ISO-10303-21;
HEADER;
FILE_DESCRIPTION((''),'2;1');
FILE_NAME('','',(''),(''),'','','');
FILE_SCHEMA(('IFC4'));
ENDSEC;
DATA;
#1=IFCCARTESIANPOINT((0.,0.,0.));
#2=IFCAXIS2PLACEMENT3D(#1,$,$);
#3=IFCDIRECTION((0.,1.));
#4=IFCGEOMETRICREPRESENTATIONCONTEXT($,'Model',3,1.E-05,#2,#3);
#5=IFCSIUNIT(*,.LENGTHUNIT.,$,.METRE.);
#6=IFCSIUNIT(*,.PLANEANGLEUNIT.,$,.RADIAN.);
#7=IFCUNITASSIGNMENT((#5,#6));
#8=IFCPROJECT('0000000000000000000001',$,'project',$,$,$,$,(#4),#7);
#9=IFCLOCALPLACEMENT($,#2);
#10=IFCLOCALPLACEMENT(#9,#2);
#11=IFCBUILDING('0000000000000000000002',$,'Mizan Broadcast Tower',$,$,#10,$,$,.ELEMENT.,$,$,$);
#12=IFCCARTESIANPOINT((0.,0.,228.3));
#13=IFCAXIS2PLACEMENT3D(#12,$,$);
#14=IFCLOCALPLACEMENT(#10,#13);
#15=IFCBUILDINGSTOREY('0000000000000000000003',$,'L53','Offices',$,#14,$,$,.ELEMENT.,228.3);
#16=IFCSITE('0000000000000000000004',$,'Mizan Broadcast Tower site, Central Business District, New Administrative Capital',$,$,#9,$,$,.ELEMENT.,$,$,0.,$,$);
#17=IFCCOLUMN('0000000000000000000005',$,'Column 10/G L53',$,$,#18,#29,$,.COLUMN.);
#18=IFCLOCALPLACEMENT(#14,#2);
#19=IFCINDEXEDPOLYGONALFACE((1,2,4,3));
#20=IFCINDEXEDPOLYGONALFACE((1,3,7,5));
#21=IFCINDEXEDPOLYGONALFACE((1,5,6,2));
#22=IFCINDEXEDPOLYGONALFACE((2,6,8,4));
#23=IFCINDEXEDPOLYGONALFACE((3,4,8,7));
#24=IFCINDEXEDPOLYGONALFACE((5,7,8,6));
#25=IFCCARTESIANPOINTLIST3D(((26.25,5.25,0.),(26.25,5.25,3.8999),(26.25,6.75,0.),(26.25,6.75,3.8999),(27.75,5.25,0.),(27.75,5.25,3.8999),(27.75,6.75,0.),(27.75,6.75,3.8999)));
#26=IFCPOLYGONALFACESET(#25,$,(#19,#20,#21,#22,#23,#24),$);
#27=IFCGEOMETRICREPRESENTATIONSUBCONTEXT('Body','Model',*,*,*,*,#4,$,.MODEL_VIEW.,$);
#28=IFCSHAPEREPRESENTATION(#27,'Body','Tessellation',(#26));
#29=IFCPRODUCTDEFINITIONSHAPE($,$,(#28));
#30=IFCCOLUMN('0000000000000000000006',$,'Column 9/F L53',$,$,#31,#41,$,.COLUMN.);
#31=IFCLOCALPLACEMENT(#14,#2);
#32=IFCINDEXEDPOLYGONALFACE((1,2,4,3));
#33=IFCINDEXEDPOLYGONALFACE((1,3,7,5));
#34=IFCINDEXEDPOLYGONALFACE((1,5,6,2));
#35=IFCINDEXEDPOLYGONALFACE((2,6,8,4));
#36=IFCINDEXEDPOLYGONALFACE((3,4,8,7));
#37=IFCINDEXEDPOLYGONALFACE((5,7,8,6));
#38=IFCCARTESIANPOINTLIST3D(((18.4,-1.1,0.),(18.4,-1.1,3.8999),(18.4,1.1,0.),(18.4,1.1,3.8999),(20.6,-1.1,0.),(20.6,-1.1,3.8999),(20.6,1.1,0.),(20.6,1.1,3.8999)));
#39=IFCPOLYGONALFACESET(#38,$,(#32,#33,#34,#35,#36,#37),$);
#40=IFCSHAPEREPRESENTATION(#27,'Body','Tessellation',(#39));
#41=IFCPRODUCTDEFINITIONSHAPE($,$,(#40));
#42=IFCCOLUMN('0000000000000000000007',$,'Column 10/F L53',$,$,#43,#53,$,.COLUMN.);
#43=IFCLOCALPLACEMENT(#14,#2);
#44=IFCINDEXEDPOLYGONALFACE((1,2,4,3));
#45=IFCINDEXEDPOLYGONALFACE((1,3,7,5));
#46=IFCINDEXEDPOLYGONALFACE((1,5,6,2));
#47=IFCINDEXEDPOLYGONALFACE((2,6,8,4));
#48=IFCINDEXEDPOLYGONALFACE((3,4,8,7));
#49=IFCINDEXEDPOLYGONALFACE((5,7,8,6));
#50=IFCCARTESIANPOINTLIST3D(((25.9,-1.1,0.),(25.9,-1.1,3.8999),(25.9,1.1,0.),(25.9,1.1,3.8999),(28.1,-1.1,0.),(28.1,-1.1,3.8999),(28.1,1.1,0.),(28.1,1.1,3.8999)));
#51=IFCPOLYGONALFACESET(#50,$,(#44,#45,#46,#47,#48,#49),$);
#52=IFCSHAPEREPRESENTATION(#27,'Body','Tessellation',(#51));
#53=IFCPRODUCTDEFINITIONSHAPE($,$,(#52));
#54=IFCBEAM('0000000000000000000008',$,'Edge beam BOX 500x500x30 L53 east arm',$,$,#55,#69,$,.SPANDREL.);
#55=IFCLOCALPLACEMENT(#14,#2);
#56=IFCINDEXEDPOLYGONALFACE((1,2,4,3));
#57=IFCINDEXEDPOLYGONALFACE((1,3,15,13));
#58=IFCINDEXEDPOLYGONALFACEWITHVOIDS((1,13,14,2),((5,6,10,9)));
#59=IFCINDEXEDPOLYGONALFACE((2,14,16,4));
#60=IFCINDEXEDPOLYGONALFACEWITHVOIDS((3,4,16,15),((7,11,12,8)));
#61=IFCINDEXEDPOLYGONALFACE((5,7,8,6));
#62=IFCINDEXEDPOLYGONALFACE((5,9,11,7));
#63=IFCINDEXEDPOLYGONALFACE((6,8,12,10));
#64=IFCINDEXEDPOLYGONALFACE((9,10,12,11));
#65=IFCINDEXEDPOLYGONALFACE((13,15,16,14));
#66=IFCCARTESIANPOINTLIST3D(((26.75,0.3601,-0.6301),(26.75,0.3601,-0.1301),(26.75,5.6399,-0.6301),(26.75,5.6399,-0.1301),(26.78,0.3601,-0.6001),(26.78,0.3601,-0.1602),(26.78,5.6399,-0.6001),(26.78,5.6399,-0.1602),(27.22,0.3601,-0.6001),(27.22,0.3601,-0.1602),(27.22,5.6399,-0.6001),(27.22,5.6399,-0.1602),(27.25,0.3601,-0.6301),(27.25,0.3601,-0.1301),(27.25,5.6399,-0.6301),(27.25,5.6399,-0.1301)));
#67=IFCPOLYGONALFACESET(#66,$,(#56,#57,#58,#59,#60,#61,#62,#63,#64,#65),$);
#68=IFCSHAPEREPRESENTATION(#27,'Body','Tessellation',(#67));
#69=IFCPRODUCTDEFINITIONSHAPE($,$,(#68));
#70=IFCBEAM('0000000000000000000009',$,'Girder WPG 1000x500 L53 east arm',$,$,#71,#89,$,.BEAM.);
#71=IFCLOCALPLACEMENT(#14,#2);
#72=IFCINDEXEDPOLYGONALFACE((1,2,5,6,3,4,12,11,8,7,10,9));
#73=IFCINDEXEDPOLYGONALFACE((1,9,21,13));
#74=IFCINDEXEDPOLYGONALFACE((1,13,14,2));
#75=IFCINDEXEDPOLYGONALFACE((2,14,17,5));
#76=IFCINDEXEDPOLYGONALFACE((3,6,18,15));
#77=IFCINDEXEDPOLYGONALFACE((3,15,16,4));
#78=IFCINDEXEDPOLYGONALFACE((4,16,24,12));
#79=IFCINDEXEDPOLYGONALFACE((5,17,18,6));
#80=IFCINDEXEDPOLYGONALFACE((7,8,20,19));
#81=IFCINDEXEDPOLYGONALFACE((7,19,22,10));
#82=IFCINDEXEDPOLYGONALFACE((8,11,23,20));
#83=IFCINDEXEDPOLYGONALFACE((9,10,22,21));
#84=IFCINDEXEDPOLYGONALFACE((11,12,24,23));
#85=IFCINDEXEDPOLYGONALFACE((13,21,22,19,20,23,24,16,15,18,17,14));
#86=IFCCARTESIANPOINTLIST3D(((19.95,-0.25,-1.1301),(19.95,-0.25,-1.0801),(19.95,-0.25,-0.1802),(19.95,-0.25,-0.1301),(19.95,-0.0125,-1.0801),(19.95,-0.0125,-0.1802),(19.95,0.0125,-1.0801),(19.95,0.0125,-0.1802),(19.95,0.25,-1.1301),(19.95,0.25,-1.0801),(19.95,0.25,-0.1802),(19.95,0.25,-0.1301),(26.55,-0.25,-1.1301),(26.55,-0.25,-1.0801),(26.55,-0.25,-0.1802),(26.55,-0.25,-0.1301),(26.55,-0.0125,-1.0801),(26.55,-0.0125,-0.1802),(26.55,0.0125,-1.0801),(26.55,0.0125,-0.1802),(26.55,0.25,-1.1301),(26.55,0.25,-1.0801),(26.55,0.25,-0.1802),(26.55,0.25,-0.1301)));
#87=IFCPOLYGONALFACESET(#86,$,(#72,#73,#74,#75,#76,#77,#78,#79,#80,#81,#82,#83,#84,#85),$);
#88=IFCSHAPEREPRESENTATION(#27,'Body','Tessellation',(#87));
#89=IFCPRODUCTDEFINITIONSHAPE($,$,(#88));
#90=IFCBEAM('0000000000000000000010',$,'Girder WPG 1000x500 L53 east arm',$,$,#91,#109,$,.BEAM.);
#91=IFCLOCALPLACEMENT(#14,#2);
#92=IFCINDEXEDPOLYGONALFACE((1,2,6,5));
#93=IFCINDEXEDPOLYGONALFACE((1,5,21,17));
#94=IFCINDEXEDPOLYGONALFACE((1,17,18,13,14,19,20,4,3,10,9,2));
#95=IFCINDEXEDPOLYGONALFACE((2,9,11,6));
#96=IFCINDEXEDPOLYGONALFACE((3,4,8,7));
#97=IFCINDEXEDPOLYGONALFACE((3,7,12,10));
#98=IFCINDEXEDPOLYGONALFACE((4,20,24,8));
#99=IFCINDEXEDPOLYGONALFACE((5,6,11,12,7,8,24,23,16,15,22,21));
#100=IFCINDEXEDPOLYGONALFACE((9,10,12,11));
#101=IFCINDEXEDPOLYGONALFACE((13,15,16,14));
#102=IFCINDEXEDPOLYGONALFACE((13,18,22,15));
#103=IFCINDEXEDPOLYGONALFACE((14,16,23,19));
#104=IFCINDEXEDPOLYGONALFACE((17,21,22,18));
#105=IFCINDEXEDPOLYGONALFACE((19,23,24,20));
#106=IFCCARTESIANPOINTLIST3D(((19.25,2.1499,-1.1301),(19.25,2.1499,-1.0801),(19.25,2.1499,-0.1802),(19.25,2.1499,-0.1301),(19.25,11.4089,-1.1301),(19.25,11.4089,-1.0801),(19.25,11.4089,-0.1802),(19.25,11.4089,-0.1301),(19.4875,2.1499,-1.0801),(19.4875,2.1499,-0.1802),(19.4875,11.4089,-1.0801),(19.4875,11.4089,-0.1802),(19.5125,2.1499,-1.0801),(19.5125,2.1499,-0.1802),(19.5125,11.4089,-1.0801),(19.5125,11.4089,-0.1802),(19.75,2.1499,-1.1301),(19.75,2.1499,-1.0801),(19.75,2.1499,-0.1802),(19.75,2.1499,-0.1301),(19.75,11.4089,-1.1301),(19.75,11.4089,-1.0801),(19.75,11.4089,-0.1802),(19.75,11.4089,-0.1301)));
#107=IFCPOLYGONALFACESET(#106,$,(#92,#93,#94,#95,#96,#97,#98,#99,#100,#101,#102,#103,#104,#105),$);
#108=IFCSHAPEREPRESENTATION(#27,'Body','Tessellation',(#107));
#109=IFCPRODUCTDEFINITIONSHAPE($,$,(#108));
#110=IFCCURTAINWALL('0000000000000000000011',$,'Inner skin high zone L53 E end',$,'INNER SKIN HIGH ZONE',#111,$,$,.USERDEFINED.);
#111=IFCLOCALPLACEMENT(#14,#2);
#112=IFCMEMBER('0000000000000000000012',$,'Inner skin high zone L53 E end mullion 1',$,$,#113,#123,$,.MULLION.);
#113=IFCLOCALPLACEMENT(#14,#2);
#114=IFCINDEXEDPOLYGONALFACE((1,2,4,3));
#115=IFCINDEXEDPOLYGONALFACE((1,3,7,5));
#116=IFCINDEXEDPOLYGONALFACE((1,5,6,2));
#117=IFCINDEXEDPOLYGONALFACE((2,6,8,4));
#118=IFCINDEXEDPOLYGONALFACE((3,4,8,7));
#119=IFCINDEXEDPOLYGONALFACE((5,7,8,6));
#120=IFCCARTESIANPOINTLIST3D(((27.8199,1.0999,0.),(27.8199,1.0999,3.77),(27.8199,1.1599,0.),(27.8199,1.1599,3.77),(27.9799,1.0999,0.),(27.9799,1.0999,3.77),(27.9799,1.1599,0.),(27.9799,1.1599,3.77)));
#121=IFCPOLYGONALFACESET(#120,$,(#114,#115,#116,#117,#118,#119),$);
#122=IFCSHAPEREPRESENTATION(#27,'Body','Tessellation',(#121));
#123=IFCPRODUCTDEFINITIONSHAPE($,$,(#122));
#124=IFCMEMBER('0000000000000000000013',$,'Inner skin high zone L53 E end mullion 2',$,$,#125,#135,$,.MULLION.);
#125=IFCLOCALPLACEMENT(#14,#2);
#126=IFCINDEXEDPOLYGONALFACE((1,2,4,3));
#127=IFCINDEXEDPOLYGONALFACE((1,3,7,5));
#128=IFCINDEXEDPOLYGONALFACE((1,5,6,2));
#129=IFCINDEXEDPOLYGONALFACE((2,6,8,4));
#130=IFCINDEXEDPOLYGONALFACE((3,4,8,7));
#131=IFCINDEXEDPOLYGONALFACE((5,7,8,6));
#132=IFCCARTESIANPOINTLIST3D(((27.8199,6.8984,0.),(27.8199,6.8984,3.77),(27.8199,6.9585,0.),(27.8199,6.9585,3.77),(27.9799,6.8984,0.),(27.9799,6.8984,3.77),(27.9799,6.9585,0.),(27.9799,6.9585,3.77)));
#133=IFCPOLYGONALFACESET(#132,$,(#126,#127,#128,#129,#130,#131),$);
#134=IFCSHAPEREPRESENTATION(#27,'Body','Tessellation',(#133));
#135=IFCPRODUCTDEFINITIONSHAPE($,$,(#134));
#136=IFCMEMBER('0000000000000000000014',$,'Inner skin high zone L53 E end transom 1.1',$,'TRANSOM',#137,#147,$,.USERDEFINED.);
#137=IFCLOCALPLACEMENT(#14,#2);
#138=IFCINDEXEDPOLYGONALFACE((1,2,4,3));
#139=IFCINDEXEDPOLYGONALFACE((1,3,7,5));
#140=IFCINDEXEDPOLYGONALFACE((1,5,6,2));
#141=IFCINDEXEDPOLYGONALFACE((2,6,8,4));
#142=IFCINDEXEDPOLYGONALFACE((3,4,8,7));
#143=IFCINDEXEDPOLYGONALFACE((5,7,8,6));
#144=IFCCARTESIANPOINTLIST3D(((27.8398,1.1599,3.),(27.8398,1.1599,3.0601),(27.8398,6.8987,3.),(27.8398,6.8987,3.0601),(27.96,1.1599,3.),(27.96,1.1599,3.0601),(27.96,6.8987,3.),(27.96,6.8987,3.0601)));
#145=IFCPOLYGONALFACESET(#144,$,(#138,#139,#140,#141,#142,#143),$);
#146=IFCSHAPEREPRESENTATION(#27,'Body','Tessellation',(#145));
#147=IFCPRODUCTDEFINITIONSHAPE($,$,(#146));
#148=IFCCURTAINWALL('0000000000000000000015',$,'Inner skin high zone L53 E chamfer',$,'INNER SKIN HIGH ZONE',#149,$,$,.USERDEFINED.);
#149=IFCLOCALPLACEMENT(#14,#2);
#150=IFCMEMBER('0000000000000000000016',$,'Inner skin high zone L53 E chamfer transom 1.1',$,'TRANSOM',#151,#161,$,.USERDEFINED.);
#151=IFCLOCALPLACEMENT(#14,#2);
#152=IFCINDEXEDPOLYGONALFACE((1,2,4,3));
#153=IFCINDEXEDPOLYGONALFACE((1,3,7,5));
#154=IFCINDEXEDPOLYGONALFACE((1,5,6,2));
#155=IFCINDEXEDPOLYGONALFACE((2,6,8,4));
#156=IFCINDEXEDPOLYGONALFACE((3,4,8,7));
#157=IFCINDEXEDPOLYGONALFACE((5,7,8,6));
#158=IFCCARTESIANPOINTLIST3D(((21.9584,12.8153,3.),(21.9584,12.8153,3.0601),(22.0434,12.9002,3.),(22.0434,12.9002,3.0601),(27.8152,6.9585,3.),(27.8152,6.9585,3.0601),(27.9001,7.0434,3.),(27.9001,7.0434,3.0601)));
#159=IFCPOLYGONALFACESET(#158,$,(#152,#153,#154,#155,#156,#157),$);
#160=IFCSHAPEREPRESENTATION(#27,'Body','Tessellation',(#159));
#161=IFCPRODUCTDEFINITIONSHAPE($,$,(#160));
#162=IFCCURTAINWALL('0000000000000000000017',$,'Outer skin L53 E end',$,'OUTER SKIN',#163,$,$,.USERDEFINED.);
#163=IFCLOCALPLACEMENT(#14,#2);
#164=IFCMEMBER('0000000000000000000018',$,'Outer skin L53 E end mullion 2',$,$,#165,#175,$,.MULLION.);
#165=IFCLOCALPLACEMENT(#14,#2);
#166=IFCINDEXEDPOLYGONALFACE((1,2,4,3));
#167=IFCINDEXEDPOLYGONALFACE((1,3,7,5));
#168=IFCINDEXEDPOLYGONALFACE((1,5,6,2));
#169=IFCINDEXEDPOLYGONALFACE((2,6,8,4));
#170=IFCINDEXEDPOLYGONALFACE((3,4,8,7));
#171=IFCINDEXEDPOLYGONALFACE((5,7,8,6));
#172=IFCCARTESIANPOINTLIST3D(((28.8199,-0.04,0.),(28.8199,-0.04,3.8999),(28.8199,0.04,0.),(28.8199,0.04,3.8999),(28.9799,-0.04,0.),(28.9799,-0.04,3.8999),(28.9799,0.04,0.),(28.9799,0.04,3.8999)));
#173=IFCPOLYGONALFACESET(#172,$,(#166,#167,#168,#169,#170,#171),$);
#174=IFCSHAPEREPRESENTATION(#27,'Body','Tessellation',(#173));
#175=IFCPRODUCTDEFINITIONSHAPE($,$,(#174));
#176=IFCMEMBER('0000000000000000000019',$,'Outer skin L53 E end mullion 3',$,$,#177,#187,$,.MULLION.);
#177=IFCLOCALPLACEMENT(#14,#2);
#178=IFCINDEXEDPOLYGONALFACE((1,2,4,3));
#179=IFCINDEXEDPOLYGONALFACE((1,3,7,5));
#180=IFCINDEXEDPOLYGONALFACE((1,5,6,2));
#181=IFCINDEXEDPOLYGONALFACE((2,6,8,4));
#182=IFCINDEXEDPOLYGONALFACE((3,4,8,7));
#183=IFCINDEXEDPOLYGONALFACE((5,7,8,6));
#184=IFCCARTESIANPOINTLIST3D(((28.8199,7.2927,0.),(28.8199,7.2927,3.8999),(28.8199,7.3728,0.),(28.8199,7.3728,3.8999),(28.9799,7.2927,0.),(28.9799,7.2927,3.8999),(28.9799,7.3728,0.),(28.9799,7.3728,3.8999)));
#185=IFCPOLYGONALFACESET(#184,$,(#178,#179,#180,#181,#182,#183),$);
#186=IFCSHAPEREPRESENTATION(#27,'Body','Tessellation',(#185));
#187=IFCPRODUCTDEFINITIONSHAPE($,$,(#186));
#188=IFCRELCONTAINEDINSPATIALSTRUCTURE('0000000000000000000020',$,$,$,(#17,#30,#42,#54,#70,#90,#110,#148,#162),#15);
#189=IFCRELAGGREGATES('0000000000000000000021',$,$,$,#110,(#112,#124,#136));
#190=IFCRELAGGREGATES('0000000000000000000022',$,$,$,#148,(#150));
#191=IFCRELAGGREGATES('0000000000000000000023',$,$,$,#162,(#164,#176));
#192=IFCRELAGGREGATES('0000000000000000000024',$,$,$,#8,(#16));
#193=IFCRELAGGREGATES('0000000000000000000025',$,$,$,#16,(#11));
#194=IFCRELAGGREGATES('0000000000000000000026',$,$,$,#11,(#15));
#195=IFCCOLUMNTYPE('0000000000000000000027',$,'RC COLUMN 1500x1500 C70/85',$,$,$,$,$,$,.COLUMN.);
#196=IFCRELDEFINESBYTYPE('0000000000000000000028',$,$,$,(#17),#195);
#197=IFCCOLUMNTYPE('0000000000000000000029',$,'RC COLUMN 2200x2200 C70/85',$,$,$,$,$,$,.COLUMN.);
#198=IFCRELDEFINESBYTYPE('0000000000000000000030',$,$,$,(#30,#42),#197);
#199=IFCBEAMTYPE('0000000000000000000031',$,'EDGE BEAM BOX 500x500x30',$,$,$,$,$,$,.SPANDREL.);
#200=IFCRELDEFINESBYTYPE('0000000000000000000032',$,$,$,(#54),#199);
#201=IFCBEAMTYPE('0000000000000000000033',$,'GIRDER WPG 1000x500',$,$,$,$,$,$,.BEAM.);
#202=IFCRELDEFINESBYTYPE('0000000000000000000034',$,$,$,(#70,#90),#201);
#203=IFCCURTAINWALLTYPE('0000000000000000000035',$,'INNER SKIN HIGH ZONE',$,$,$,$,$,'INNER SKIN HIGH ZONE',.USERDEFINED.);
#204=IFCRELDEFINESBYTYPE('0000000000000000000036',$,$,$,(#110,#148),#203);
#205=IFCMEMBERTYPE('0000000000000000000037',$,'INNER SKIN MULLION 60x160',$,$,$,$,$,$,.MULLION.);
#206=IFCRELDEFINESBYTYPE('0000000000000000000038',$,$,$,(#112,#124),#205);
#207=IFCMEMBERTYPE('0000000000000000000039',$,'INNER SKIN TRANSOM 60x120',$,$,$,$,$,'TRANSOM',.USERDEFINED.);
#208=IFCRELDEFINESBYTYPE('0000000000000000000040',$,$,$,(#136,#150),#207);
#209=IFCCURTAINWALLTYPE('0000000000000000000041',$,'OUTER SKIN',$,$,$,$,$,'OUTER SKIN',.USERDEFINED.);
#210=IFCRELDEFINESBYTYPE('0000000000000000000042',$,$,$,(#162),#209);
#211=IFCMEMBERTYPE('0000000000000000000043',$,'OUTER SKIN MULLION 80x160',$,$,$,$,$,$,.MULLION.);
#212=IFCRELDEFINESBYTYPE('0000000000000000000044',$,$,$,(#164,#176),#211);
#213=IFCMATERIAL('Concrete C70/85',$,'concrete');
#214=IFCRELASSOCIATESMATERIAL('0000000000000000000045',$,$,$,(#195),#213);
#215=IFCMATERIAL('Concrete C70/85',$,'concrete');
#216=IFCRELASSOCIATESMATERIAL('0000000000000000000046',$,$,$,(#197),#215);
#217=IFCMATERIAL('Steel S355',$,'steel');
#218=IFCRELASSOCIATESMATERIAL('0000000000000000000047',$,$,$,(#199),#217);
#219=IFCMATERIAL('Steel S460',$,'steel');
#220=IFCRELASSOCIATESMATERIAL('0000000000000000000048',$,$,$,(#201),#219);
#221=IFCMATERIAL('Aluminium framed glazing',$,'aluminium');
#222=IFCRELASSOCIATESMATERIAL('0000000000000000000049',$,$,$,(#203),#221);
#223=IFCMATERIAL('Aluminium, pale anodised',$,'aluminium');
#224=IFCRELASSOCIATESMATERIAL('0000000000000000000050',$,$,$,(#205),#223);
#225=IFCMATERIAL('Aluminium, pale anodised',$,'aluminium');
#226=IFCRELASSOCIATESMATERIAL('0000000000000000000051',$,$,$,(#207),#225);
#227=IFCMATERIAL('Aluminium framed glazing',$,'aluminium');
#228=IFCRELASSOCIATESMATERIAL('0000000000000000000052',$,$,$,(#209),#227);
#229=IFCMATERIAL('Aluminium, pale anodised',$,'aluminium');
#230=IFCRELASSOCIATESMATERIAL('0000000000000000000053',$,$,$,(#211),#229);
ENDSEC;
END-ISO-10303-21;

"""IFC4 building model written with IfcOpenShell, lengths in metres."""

from ifc_helpers import new_model, si_unit, direction, frame, origin, origin_2d, place, context, subcontext, project, spatial, rectangle, hollow_rectangle, i_section, extrude, material, material_profile, profile_set, type_object, element, aggregate, save


model = new_model("IFC4")

# Units and contexts
model_context = context("Model", 3, precision=1e-05, world=origin(), true_north=direction((0.0, 1.0)))
body_context = subcontext(model_context, "Body", "Model", "MODEL_VIEW")
ifc_project = project(units=[si_unit("LENGTHUNIT", "METRE"), si_unit("PLANEANGLEUNIT", "RADIAN")], contexts=[model_context])

# Site, building, storey
site_placement = place(None, origin())
site = spatial("IfcSite", under=ifc_project, at=site_placement, Name="Mizan Broadcast Tower site, Central Business District, New Administrative Capital", CompositionType="ELEMENT", RefElevation=0.0)
building_placement = place(site_placement, origin())
building = spatial("IfcBuilding", under=site, at=building_placement, Name="Mizan Broadcast Tower", CompositionType="ELEMENT")
storey_placement = place(building_placement, frame((0.0, 0.0, 228.3)))
storey = spatial("IfcBuildingStorey", under=building, at=storey_placement, Name="L53", Description="Offices", CompositionType="ELEMENT", Elevation=228.3)

# Columns
ifc_material_1 = material(Name="Concrete C70/85", Category="concrete")
ifc_material_profile_1 = material_profile(ifc_material_1, rectangle(XDim=1.5, YDim=1.5, at=origin_2d()), Name="RC 1500x1500")
ifc_profile_set_1 = profile_set([ifc_material_profile_1], Name="Concrete C70/85")
column_type_1 = type_object("IfcColumnType", Name="RC COLUMN 1500x1500 C70/85", PredefinedType="COLUMN", material=ifc_profile_set_1)
column_placement = place(storey_placement, frame((27.0, 6.0, 0.0), z_axis=(0.0, 0.0, 1.0), x_axis=(1.0, 0.0, 0.0)))
element("IfcColumn", 1, at=column_placement, inside=storey, type_object=column_type_1, Name="Column 10/G L53", PredefinedType="COLUMN", context=body_context, shape_type="SweptSolid", body=[
    extrude(rectangle(XDim=1.5, YDim=1.5, at=origin_2d()), origin(), (0.0, 0.0, 1.0), 3.8999),
])
ifc_material_2 = material(Name="Concrete C70/85", Category="concrete")
ifc_material_profile_2 = material_profile(ifc_material_2, rectangle(XDim=2.2, YDim=2.2, at=origin_2d()), Name="RC 2200x2200")
ifc_profile_set_2 = profile_set([ifc_material_profile_2], Name="Concrete C70/85")
column_type_2 = type_object("IfcColumnType", Name="RC COLUMN 2200x2200 C70/85", PredefinedType="COLUMN", material=ifc_profile_set_2)
for number, where, z_axis, x_axis, name in (
    (2, (19.5, 0.0, 0.0), (0.0, 0.0, 1.0), (1.0, 0.0, 0.0), "Column 9/F L53"),
    (3, (27.0, 0.0, 0.0), (0.0, 0.0, 1.0), (1.0, 0.0, 0.0), "Column 10/F L53"),
):
    element("IfcColumn", number, at=place(storey_placement, frame(where, z_axis=z_axis, x_axis=x_axis)), inside=storey, type_object=column_type_2, Name=name, PredefinedType="COLUMN", context=body_context, shape_type="SweptSolid", body=[
        extrude(rectangle(XDim=2.2, YDim=2.2, at=origin_2d()), origin(), (0.0, 0.0, 1.0), 3.8999),
    ])

# Beams
ifc_material_3 = material(Name="Steel S355", Category="steel")
ifc_material_profile_3 = material_profile(ifc_material_3, hollow_rectangle(XDim=0.5, YDim=0.5, WallThickness=0.03, at=origin_2d()), Name="BOX 500x500x30")
ifc_profile_set_3 = profile_set([ifc_material_profile_3], Name="Steel S355")
beam_type_1 = type_object("IfcBeamType", Name="EDGE BEAM BOX 500x500x30", PredefinedType="SPANDREL", material=ifc_profile_set_3)
beam_1_placement = place(storey_placement, frame((27.0, 5.6399, -0.3801), z_axis=(0.0, -1.0, 0.0), x_axis=(1.0, 0.0, 0.0)))
element("IfcBeam", 4, at=beam_1_placement, inside=storey, type_object=beam_type_1, Name="Edge beam BOX 500x500x30 L53 east arm", PredefinedType="SPANDREL", context=body_context, shape_type="SweptSolid", body=[
    extrude(hollow_rectangle(XDim=0.5, YDim=0.5, WallThickness=0.03, at=origin_2d()), origin(), (0.0, 0.0, 1.0), 5.2798),
])
ifc_material_4 = material(Name="Steel S460", Category="steel")
ifc_material_profile_4 = material_profile(ifc_material_4, i_section(OverallWidth=0.5, OverallDepth=1.0, WebThickness=0.0249, FlangeThickness=0.05, at=origin_2d()), Name="WPG 1000x500")
ifc_profile_set_4 = profile_set([ifc_material_profile_4], Name="Steel S460")
beam_type_2 = type_object("IfcBeamType", Name="GIRDER WPG 1000x500", PredefinedType="BEAM", material=ifc_profile_set_4)
beam_2_placement = place(storey_placement, frame((19.95, 0.0, -0.6301), z_axis=(1.0, 0.0, 0.0), x_axis=(0.0, 1.0, 0.0)))
element("IfcBeam", 5, at=beam_2_placement, inside=storey, type_object=beam_type_2, Name="Girder WPG 1000x500 L53 east arm", PredefinedType="BEAM", context=body_context, shape_type="SweptSolid", body=[
    extrude(i_section(OverallWidth=0.5, OverallDepth=1.0, WebThickness=0.0249, FlangeThickness=0.05, at=origin_2d()), origin(), (0.0, 0.0, 1.0), 6.6001),
])
beam_3_placement = place(storey_placement, frame((19.5, 11.4089, -0.6301), z_axis=(0.0, -1.0, 0.0), x_axis=(1.0, 0.0, 0.0)))
element("IfcBeam", 6, at=beam_3_placement, inside=storey, type_object=beam_type_2, Name="Girder WPG 1000x500 L53 east arm", PredefinedType="BEAM", context=body_context, shape_type="SweptSolid", body=[
    extrude(i_section(OverallWidth=0.5, OverallDepth=1.0, WebThickness=0.0249, FlangeThickness=0.05, at=origin_2d()), origin(), (0.0, 0.0, 1.0), 9.259),
])

# Curtain wall, members
ifc_material_5 = material(Name="Aluminium framed glazing", Category="aluminium")
curtain_wall_type_1 = type_object("IfcCurtainWallType", Name="INNER SKIN HIGH ZONE", ElementType="INNER SKIN HIGH ZONE", PredefinedType="USERDEFINED", material=ifc_material_5)
curtain_wall_1_placement = place(storey_placement, origin())
curtain_wall_1 = element("IfcCurtainWall", 7, at=curtain_wall_1_placement, inside=storey, type_object=curtain_wall_type_1, Name="Inner skin high zone L53 E end", ObjectType="INNER SKIN HIGH ZONE", PredefinedType="USERDEFINED")
ifc_material_6 = material(Name="Aluminium, pale anodised", Category="aluminium")
ifc_material_profile_5 = material_profile(ifc_material_6, rectangle(XDim=0.1599, YDim=0.0601, at=origin_2d()), Name="MULLION 160x60")
ifc_profile_set_5 = profile_set([ifc_material_profile_5], Name="Aluminium, pale anodised")
member_type_1 = type_object("IfcMemberType", Name="INNER SKIN MULLION 60x160", PredefinedType="MULLION", material=ifc_profile_set_5)
member_1_placement = place(storey_placement, frame((27.8999, 1.1299, 0.0), z_axis=(0.0, 0.0, 1.0), x_axis=(-1.0, 0.0, 0.0)))
member_1 = element("IfcMember", 8, at=member_1_placement, type_object=member_type_1, Name="Inner skin high zone L53 E end mullion 1", PredefinedType="MULLION", context=body_context, shape_type="SweptSolid", body=[
    extrude(rectangle(XDim=0.1599, YDim=0.0601, at=origin_2d()), origin(), (0.0, 0.0, 1.0), 3.77),
])
member_2_placement = place(storey_placement, frame((27.8999, 6.9285, 0.0), z_axis=(0.0, 0.0, 1.0), x_axis=(-1.0, 0.0, 0.0)))
member_2 = element("IfcMember", 9, at=member_2_placement, type_object=member_type_1, Name="Inner skin high zone L53 E end mullion 2", PredefinedType="MULLION", context=body_context, shape_type="SweptSolid", body=[
    extrude(rectangle(XDim=0.1599, YDim=0.0601, at=origin_2d()), origin(), (0.0, 0.0, 1.0), 3.77),
])
ifc_material_7 = material(Name="Aluminium, pale anodised", Category="aluminium")
ifc_material_profile_6 = material_profile(ifc_material_7, rectangle(XDim=0.1201, YDim=0.0601, at=origin_2d()), Name="TRANSOM 120x60")
ifc_profile_set_6 = profile_set([ifc_material_profile_6], Name="Aluminium, pale anodised")
member_type_2 = type_object("IfcMemberType", Name="INNER SKIN TRANSOM 60x120", ElementType="TRANSOM", PredefinedType="USERDEFINED", material=ifc_profile_set_6)
member_3_placement = place(storey_placement, frame((27.8999, 1.1599, 3.03), z_axis=(0.0, 1.0, 0.0), x_axis=(-1.0, 0.0, 0.0)))
member_3 = element("IfcMember", 10, at=member_3_placement, type_object=member_type_2, Name="Inner skin high zone L53 E end transom 1.1", ObjectType="TRANSOM", PredefinedType="USERDEFINED", context=body_context, shape_type="SweptSolid", body=[
    extrude(rectangle(XDim=0.1201, YDim=0.0601, at=origin_2d()), origin(), (0.0, 0.0, 1.0), 5.7388),
])

# Curtain wall, member
curtain_wall_2_placement = place(storey_placement, origin())
curtain_wall_2 = element("IfcCurtainWall", 11, at=curtain_wall_2_placement, inside=storey, type_object=curtain_wall_type_1, Name="Inner skin high zone L53 E chamfer", ObjectType="INNER SKIN HIGH ZONE", PredefinedType="USERDEFINED")
member_4_placement = place(storey_placement, frame((27.8577, 7.001, 3.03), z_axis=(-0.707107, 0.707107, 0.0), x_axis=(-0.707107, -0.707107, 0.0)))
member_4 = element("IfcMember", 12, at=member_4_placement, type_object=member_type_2, Name="Inner skin high zone L53 E chamfer transom 1.1", ObjectType="TRANSOM", PredefinedType="USERDEFINED", context=body_context, shape_type="SweptSolid", body=[
    extrude(rectangle(XDim=0.1201, YDim=0.0601, at=origin_2d()), origin(), (0.0, 0.0, 1.0), 8.2827),
])

# Curtain wall, members
ifc_material_8 = material(Name="Aluminium framed glazing", Category="aluminium")
curtain_wall_type_2 = type_object("IfcCurtainWallType", Name="OUTER SKIN", ElementType="OUTER SKIN", PredefinedType="USERDEFINED", material=ifc_material_8)
curtain_wall_3_placement = place(storey_placement, origin())
curtain_wall_3 = element("IfcCurtainWall", 13, at=curtain_wall_3_placement, inside=storey, type_object=curtain_wall_type_2, Name="Outer skin L53 E end", ObjectType="OUTER SKIN", PredefinedType="USERDEFINED")
ifc_material_9 = material(Name="Aluminium, pale anodised", Category="aluminium")
ifc_material_profile_7 = material_profile(ifc_material_9, rectangle(XDim=0.1599, YDim=0.0801, at=origin_2d()), Name="MULLION 160x80")
ifc_profile_set_7 = profile_set([ifc_material_profile_7], Name="Aluminium, pale anodised")
member_type_3 = type_object("IfcMemberType", Name="OUTER SKIN MULLION 80x160", PredefinedType="MULLION", material=ifc_profile_set_7)
member_5_placement = place(storey_placement, frame((28.8999, 0.0, 0.0), z_axis=(0.0, 0.0, 1.0), x_axis=(-1.0, 0.0, 0.0)))
member_5 = element("IfcMember", 14, at=member_5_placement, type_object=member_type_3, Name="Outer skin L53 E end mullion 2", PredefinedType="MULLION", context=body_context, shape_type="SweptSolid", body=[
    extrude(rectangle(XDim=0.1599, YDim=0.0801, at=origin_2d()), origin(), (0.0, 0.0, 1.0), 3.8999),
])
member_6_placement = place(storey_placement, frame((28.8999, 7.3328, 0.0), z_axis=(0.0, 0.0, 1.0), x_axis=(-1.0, 0.0, 0.0)))
member_6 = element("IfcMember", 15, at=member_6_placement, type_object=member_type_3, Name="Outer skin L53 E end mullion 3", PredefinedType="MULLION", context=body_context, shape_type="SweptSolid", body=[
    extrude(rectangle(XDim=0.1599, YDim=0.0801, at=origin_2d()), origin(), (0.0, 0.0, 1.0), 3.8999),
])

aggregate(curtain_wall_1, [member_1, member_2, member_3])
aggregate(curtain_wall_2, [member_4])
aggregate(curtain_wall_3, [member_5, member_6])

save(model, "model.ifc")
